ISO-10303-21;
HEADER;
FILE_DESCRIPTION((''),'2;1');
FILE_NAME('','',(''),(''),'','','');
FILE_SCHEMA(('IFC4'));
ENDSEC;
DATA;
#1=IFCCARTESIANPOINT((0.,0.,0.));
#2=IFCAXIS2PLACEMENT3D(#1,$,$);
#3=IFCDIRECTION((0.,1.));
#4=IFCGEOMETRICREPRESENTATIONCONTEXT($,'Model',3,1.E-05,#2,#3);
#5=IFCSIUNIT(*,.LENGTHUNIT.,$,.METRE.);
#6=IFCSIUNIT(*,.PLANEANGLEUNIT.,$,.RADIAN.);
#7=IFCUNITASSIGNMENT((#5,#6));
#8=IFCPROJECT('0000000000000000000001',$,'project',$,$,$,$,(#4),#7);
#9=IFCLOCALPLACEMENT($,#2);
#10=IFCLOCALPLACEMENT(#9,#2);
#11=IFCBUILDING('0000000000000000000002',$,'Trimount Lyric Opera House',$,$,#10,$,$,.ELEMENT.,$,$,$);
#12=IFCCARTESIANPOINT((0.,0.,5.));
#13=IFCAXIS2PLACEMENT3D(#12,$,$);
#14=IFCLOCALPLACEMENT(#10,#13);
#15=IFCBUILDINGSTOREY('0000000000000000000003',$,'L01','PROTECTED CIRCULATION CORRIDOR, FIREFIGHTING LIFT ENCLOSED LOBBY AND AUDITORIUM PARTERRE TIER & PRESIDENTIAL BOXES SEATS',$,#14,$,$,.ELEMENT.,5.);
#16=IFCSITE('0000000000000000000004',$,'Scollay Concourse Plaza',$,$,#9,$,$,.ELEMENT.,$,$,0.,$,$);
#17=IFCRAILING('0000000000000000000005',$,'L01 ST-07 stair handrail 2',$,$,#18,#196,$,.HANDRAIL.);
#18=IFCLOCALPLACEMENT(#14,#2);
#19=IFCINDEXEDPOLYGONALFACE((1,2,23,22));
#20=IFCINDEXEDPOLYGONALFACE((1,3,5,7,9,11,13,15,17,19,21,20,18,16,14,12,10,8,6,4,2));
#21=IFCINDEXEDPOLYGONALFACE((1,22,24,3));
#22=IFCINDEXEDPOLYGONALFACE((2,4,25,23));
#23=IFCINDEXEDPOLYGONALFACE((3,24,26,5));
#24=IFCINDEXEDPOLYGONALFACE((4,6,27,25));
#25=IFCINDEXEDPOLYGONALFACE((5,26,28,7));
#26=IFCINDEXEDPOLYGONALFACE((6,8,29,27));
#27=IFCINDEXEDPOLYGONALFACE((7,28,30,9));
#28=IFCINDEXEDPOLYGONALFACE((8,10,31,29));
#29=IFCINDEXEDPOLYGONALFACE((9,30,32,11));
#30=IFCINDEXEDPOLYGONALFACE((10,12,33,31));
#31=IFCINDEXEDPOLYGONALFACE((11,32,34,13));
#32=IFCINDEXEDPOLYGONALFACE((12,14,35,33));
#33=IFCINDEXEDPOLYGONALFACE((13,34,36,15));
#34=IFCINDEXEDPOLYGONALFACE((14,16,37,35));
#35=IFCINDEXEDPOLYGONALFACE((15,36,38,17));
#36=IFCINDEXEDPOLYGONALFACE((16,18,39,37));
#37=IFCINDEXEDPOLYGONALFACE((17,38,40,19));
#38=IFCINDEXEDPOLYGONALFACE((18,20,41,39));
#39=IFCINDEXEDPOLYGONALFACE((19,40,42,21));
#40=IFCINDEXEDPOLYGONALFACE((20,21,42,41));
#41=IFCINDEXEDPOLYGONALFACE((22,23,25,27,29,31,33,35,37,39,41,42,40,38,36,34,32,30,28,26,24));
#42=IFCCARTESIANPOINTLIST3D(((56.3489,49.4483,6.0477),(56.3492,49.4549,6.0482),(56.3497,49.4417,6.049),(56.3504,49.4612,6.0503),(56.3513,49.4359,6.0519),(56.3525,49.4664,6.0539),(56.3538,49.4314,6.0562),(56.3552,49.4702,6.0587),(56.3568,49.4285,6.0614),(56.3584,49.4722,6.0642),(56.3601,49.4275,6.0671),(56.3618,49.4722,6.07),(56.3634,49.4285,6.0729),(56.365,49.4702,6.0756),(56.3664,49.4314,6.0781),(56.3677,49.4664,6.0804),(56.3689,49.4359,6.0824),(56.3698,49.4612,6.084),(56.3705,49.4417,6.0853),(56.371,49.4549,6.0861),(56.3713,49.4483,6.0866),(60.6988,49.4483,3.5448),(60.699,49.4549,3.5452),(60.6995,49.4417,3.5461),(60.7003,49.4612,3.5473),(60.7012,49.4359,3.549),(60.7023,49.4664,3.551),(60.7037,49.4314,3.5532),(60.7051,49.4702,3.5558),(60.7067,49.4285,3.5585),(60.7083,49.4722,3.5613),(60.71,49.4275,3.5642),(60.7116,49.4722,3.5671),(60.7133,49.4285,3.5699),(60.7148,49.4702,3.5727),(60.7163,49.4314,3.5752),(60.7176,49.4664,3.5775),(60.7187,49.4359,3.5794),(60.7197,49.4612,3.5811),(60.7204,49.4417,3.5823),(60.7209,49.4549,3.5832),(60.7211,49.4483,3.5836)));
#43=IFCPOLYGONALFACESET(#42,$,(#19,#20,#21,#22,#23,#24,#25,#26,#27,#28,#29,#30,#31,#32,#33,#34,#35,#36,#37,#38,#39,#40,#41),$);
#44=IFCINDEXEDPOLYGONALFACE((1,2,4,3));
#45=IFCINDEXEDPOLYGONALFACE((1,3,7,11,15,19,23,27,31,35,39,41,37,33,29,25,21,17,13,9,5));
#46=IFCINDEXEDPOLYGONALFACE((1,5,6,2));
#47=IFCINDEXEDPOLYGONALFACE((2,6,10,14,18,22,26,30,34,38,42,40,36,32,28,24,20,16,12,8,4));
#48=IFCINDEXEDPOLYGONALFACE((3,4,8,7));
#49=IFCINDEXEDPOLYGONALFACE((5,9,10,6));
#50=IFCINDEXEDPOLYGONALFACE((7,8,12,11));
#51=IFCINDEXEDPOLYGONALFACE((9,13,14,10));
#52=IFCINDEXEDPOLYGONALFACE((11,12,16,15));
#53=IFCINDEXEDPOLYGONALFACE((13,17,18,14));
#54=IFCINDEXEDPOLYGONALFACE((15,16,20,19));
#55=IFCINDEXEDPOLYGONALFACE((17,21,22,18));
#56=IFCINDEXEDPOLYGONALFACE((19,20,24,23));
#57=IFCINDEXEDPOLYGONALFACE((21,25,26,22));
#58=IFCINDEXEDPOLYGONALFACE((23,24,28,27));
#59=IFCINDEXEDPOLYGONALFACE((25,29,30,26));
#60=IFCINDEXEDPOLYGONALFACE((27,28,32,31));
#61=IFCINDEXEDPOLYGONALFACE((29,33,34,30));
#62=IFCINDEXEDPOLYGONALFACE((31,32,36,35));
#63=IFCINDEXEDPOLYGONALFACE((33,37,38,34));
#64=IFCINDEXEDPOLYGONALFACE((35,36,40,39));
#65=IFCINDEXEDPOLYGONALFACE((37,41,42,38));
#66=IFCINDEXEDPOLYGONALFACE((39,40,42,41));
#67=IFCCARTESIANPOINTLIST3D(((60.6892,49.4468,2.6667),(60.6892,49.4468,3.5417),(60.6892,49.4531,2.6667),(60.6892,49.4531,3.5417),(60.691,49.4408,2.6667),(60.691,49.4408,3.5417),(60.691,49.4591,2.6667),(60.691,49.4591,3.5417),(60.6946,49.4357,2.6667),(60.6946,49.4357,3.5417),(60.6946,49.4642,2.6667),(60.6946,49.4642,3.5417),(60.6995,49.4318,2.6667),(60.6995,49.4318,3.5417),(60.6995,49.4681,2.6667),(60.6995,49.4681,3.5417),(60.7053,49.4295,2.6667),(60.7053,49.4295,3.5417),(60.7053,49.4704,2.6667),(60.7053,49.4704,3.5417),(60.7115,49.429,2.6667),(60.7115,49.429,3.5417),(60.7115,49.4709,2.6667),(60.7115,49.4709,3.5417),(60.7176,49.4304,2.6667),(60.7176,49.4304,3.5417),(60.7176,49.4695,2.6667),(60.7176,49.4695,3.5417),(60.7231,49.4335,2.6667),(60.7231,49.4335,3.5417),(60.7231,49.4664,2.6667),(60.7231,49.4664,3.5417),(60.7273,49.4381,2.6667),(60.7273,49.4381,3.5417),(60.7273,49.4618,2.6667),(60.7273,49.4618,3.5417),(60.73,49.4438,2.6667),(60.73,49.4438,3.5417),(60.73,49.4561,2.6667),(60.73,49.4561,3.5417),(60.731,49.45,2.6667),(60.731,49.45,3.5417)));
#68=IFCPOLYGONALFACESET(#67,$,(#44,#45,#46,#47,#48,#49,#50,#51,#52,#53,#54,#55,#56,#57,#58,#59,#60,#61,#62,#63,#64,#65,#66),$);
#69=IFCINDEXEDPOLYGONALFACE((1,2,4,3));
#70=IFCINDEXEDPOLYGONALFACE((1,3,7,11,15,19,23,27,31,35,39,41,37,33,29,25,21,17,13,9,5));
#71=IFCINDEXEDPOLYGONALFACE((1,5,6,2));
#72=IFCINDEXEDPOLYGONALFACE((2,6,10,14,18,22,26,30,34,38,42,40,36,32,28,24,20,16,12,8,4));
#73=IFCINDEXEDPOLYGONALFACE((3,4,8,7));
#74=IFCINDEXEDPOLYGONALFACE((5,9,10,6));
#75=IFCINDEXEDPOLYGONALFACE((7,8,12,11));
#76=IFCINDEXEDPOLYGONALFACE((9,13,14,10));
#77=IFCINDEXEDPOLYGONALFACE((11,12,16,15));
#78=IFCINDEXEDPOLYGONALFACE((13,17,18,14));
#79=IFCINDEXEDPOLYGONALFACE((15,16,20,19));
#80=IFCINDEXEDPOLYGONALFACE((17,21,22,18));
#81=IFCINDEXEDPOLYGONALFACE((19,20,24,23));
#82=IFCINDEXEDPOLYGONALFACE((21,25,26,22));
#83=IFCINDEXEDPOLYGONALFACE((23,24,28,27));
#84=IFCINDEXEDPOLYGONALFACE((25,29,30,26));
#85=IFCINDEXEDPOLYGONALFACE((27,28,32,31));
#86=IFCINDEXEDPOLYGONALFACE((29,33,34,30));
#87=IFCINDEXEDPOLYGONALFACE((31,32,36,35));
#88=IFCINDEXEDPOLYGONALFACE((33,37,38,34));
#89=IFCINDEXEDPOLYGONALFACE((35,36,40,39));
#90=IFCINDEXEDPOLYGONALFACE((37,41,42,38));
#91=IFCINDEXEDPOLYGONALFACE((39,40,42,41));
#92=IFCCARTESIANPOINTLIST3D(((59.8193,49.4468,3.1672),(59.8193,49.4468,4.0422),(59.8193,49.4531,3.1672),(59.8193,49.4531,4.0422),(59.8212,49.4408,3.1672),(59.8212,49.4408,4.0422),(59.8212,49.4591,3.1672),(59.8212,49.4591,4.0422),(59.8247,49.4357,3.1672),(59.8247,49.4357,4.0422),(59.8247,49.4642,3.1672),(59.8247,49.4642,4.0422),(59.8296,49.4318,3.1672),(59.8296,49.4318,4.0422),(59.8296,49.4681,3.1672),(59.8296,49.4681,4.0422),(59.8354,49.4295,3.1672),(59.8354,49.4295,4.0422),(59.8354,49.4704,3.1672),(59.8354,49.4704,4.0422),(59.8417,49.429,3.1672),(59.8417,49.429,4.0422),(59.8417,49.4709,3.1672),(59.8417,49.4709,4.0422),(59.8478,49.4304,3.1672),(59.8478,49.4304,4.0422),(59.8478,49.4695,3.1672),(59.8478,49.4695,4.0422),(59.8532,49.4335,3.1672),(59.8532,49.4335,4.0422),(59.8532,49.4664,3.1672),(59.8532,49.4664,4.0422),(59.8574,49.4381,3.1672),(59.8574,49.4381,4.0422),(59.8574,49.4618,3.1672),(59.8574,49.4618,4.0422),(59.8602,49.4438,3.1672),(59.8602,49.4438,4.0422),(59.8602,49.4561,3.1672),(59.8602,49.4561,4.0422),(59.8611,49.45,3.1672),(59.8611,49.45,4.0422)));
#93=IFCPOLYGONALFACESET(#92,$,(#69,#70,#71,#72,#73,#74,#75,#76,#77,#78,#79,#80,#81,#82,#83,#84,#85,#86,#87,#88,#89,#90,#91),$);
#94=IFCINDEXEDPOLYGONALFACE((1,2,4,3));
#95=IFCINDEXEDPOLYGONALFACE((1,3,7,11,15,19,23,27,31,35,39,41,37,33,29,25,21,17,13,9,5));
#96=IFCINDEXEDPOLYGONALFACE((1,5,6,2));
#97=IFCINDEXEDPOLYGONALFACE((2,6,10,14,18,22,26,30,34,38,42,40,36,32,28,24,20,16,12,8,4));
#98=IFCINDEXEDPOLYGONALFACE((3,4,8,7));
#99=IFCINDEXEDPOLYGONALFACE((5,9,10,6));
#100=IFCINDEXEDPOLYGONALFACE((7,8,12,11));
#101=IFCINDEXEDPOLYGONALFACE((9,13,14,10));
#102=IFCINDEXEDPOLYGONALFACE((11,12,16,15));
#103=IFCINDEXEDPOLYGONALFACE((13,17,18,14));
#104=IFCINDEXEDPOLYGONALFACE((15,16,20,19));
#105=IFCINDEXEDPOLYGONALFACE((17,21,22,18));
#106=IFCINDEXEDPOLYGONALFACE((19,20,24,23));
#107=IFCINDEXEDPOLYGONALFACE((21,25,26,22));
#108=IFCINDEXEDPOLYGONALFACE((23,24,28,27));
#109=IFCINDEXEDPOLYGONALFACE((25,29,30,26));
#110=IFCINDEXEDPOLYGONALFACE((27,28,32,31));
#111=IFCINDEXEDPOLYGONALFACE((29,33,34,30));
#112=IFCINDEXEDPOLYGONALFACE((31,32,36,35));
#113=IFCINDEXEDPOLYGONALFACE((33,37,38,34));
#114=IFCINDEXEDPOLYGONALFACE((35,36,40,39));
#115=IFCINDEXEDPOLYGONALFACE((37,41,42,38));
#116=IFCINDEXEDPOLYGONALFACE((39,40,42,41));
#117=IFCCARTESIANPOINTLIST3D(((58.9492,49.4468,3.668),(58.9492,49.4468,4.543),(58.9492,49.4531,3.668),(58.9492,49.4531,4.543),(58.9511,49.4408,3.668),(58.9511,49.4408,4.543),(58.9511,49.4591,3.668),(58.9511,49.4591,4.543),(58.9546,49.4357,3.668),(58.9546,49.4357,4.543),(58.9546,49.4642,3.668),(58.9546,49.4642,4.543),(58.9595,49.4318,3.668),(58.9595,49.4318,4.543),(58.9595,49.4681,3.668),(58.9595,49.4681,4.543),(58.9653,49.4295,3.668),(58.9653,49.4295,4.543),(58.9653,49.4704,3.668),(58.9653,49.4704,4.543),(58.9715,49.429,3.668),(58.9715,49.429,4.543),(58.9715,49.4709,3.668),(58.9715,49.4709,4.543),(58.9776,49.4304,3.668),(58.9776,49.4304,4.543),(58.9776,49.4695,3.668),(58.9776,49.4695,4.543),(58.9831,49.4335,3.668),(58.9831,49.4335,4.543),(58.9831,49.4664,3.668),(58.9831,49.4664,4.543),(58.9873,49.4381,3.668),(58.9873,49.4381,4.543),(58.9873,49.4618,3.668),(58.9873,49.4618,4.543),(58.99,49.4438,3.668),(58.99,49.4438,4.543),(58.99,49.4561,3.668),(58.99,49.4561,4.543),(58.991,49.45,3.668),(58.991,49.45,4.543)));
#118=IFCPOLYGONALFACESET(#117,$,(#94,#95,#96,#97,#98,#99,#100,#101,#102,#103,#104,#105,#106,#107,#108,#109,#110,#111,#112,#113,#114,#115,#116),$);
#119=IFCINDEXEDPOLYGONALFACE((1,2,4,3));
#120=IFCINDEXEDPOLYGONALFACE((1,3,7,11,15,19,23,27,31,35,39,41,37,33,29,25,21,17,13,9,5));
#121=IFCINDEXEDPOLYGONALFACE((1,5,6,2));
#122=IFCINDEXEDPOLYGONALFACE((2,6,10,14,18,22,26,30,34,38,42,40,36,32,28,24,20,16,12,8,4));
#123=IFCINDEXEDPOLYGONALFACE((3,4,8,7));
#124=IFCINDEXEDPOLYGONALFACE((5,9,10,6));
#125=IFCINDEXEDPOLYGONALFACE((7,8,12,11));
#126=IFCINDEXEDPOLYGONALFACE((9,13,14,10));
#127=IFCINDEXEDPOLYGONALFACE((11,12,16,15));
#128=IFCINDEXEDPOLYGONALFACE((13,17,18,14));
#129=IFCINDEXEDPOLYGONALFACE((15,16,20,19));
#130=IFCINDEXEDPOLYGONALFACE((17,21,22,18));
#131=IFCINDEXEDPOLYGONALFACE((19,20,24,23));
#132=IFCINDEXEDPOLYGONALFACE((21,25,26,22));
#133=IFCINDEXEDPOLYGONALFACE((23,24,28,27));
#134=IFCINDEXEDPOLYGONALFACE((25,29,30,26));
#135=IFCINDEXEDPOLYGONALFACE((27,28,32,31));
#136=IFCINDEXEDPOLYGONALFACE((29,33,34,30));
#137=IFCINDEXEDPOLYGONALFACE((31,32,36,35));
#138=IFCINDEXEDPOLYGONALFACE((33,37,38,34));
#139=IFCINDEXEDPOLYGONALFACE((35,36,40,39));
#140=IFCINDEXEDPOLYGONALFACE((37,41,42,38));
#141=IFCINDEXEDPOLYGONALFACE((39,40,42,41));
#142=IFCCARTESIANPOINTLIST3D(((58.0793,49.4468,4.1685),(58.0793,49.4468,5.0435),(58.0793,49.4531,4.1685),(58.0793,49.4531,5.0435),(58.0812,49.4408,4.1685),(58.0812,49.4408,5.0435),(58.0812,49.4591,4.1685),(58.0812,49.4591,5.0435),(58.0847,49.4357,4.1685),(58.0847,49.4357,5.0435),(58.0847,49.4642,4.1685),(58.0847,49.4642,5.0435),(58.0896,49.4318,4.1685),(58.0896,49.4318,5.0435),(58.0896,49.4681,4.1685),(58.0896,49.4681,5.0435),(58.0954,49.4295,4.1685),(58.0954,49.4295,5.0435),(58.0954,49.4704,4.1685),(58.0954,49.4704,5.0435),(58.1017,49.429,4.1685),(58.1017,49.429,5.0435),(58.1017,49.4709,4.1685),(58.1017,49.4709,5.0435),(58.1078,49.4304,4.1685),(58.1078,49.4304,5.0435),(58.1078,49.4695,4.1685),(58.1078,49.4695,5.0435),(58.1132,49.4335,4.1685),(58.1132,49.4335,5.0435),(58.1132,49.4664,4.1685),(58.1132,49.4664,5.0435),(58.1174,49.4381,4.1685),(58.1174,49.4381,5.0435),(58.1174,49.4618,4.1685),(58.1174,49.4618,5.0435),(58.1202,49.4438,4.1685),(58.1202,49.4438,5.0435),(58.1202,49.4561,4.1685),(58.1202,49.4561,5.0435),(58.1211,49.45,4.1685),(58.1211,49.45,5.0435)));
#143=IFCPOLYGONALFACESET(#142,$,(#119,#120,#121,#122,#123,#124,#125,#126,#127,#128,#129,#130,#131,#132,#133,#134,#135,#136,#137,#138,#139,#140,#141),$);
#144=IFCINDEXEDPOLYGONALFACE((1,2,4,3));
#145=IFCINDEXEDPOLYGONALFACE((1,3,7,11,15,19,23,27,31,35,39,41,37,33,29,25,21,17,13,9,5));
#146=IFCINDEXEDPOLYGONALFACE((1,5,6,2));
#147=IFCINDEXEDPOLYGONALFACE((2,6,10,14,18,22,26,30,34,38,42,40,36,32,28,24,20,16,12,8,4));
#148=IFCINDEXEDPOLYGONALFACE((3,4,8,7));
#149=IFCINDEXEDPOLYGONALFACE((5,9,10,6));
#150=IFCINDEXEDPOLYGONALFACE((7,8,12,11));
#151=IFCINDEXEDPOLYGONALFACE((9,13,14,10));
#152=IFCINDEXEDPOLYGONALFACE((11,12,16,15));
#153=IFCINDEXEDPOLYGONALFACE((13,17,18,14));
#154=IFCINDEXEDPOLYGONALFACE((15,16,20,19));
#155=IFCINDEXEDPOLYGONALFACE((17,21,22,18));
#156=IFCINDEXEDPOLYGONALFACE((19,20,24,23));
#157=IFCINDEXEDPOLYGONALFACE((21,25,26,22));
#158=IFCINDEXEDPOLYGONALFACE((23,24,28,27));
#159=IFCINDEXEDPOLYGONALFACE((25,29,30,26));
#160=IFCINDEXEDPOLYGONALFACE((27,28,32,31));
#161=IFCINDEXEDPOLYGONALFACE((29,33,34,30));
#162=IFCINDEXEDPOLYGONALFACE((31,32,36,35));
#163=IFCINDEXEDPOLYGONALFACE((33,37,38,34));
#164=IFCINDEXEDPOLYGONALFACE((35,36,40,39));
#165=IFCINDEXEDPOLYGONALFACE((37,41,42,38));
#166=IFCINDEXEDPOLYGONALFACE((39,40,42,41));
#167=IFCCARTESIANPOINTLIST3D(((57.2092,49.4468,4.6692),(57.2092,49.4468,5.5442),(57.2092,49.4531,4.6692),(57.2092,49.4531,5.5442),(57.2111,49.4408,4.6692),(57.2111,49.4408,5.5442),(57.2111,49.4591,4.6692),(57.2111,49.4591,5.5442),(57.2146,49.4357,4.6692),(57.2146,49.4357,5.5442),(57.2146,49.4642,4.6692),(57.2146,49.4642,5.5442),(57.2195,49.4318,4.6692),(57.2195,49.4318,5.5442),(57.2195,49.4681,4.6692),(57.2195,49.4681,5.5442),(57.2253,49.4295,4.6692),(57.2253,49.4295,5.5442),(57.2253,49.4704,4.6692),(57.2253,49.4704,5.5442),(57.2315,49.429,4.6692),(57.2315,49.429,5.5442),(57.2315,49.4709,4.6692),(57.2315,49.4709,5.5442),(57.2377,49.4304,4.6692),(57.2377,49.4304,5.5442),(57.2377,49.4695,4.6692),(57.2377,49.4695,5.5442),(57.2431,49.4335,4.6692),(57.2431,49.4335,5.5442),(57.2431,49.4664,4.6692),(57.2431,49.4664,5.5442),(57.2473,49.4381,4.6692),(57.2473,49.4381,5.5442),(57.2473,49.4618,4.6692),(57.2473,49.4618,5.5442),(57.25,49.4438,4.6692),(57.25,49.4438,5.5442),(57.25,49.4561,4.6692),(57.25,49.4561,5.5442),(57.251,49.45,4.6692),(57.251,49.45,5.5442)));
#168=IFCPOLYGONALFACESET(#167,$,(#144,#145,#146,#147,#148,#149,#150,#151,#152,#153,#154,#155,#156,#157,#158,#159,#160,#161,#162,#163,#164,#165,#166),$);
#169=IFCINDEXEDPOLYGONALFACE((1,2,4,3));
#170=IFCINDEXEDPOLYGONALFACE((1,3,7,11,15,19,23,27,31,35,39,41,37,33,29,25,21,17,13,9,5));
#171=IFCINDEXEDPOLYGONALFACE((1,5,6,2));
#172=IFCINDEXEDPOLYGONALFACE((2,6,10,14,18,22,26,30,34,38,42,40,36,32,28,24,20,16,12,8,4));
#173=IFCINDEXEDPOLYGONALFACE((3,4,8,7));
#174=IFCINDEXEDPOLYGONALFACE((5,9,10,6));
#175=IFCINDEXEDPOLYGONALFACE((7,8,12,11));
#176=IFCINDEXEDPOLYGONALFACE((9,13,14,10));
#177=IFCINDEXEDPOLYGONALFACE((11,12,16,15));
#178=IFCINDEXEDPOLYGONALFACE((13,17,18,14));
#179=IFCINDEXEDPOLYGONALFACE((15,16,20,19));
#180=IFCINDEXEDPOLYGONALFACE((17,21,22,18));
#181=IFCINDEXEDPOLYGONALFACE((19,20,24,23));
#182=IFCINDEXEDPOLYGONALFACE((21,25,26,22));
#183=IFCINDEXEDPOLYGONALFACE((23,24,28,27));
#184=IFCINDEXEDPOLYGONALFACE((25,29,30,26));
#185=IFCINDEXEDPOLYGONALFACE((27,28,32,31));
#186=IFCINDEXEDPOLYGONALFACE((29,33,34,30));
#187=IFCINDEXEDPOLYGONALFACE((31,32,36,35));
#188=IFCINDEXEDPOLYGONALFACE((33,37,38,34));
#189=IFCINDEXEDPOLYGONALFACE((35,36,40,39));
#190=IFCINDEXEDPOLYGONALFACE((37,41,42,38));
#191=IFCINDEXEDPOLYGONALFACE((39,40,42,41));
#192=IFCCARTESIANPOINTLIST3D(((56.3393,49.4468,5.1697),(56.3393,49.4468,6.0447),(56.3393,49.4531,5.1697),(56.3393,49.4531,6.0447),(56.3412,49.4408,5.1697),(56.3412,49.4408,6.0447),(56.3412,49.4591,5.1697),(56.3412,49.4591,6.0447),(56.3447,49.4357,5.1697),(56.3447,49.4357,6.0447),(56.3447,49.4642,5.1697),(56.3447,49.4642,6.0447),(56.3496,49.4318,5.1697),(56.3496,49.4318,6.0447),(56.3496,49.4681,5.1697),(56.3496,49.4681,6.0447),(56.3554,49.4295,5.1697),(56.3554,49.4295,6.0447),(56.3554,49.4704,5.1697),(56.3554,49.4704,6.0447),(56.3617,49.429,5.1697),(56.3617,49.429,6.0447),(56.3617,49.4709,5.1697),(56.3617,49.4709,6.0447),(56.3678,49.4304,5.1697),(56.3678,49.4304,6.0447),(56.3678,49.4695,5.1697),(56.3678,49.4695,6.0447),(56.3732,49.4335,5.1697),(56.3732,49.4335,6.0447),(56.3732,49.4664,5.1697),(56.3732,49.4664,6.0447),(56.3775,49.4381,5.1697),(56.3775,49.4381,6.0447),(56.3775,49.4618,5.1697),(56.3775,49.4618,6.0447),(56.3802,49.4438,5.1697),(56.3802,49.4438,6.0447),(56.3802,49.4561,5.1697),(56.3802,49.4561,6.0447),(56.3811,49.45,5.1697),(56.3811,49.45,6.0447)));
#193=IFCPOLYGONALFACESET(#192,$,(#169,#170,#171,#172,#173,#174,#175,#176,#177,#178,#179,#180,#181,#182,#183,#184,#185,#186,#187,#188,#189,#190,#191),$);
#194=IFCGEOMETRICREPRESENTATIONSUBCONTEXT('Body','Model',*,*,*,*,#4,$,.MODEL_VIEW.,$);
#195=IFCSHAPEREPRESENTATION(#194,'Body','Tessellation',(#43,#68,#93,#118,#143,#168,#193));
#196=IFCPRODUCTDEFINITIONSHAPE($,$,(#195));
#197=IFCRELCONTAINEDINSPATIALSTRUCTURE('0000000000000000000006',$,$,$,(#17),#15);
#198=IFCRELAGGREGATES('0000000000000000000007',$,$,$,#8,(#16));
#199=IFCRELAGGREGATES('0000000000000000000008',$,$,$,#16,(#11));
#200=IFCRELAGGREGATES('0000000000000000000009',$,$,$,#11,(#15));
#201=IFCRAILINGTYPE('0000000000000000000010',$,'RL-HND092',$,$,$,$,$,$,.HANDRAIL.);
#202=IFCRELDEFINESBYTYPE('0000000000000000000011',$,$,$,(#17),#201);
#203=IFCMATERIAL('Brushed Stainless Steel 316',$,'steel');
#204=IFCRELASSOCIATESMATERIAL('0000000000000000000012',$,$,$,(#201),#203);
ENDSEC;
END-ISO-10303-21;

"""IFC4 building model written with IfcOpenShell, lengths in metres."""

from ifc_helpers import new_model, si_unit, direction, frame, origin, origin_2d, place, context, subcontext, project, spatial, circle, extrude, material, type_object, element, save


model = new_model("IFC4")

# Units and contexts
model_context = context("Model", 3, precision=1e-05, world=origin(), true_north=direction((0.0, 1.0)))
body_context = subcontext(model_context, "Body", "Model", "MODEL_VIEW")
ifc_project = project(units=[si_unit("LENGTHUNIT", "METRE"), si_unit("PLANEANGLEUNIT", "RADIAN")], contexts=[model_context])

# Site, building, storey
site_placement = place(None, origin())
site = spatial("IfcSite", under=ifc_project, at=site_placement, Name="Scollay Concourse Plaza", CompositionType="ELEMENT", RefElevation=0.0)
building_placement = place(site_placement, origin())
building = spatial("IfcBuilding", under=site, at=building_placement, Name="Trimount Lyric Opera House", CompositionType="ELEMENT")
storey_placement = place(building_placement, frame((0.0, 0.0, 5.0)))
storey = spatial("IfcBuildingStorey", under=building, at=storey_placement, Name="L01", Description="PROTECTED CIRCULATION CORRIDOR, FIREFIGHTING LIFT ENCLOSED LOBBY AND AUDITORIUM PARTERRE TIER & PRESIDENTIAL BOXES SEATS", CompositionType="ELEMENT", Elevation=5.0)

# Railing
ifc_material_1 = material(Name="Brushed Stainless Steel 316", Category="steel")
railing_type_1 = type_object("IfcRailingType", Name="RL-HND092", PredefinedType="HANDRAIL", material=ifc_material_1)
railing_1_placement = place(storey_placement, frame((60.71, 49.45, 2.6667)))
element("IfcRailing", 1, at=railing_1_placement, inside=storey, type_object=railing_type_1, Name="L01 ST-07 stair handrail 2", PredefinedType="HANDRAIL", context=body_context, shape_type="SweptSolid", body=[
    extrude(circle(Radius=0.0225, at=origin_2d()), frame((0.0, 0.0, 0.8975), z_axis=(-0.866754, 0.0, 0.498735), x_axis=(0.0, -1.0, 0.0)), (0.0, 0.0, 1.0), 5.0186),
    extrude(circle(Radius=0.021, at=origin_2d()), origin(), (0.0, 0.0, 1.0), 0.875),
    extrude(circle(Radius=0.021, at=origin_2d()), frame((-0.8699, 0.0, 0.5005)), (0.0, 0.0, 1.0), 0.875),
    extrude(circle(Radius=0.021, at=origin_2d()), frame((-1.74, 0.0, 1.0012)), (0.0, 0.0, 1.0), 0.875),
    extrude(circle(Radius=0.021, at=origin_2d()), frame((-2.6099, 0.0, 1.5017)), (0.0, 0.0, 1.0), 0.875),
    extrude(circle(Radius=0.021, at=origin_2d()), frame((-3.48, 0.0, 2.0024)), (0.0, 0.0, 1.0), 0.875),
    extrude(circle(Radius=0.021, at=origin_2d()), frame((-4.3499, 0.0, 2.5029)), (0.0, 0.0, 1.0), 0.875),
])

save(model, "model.ifc")
